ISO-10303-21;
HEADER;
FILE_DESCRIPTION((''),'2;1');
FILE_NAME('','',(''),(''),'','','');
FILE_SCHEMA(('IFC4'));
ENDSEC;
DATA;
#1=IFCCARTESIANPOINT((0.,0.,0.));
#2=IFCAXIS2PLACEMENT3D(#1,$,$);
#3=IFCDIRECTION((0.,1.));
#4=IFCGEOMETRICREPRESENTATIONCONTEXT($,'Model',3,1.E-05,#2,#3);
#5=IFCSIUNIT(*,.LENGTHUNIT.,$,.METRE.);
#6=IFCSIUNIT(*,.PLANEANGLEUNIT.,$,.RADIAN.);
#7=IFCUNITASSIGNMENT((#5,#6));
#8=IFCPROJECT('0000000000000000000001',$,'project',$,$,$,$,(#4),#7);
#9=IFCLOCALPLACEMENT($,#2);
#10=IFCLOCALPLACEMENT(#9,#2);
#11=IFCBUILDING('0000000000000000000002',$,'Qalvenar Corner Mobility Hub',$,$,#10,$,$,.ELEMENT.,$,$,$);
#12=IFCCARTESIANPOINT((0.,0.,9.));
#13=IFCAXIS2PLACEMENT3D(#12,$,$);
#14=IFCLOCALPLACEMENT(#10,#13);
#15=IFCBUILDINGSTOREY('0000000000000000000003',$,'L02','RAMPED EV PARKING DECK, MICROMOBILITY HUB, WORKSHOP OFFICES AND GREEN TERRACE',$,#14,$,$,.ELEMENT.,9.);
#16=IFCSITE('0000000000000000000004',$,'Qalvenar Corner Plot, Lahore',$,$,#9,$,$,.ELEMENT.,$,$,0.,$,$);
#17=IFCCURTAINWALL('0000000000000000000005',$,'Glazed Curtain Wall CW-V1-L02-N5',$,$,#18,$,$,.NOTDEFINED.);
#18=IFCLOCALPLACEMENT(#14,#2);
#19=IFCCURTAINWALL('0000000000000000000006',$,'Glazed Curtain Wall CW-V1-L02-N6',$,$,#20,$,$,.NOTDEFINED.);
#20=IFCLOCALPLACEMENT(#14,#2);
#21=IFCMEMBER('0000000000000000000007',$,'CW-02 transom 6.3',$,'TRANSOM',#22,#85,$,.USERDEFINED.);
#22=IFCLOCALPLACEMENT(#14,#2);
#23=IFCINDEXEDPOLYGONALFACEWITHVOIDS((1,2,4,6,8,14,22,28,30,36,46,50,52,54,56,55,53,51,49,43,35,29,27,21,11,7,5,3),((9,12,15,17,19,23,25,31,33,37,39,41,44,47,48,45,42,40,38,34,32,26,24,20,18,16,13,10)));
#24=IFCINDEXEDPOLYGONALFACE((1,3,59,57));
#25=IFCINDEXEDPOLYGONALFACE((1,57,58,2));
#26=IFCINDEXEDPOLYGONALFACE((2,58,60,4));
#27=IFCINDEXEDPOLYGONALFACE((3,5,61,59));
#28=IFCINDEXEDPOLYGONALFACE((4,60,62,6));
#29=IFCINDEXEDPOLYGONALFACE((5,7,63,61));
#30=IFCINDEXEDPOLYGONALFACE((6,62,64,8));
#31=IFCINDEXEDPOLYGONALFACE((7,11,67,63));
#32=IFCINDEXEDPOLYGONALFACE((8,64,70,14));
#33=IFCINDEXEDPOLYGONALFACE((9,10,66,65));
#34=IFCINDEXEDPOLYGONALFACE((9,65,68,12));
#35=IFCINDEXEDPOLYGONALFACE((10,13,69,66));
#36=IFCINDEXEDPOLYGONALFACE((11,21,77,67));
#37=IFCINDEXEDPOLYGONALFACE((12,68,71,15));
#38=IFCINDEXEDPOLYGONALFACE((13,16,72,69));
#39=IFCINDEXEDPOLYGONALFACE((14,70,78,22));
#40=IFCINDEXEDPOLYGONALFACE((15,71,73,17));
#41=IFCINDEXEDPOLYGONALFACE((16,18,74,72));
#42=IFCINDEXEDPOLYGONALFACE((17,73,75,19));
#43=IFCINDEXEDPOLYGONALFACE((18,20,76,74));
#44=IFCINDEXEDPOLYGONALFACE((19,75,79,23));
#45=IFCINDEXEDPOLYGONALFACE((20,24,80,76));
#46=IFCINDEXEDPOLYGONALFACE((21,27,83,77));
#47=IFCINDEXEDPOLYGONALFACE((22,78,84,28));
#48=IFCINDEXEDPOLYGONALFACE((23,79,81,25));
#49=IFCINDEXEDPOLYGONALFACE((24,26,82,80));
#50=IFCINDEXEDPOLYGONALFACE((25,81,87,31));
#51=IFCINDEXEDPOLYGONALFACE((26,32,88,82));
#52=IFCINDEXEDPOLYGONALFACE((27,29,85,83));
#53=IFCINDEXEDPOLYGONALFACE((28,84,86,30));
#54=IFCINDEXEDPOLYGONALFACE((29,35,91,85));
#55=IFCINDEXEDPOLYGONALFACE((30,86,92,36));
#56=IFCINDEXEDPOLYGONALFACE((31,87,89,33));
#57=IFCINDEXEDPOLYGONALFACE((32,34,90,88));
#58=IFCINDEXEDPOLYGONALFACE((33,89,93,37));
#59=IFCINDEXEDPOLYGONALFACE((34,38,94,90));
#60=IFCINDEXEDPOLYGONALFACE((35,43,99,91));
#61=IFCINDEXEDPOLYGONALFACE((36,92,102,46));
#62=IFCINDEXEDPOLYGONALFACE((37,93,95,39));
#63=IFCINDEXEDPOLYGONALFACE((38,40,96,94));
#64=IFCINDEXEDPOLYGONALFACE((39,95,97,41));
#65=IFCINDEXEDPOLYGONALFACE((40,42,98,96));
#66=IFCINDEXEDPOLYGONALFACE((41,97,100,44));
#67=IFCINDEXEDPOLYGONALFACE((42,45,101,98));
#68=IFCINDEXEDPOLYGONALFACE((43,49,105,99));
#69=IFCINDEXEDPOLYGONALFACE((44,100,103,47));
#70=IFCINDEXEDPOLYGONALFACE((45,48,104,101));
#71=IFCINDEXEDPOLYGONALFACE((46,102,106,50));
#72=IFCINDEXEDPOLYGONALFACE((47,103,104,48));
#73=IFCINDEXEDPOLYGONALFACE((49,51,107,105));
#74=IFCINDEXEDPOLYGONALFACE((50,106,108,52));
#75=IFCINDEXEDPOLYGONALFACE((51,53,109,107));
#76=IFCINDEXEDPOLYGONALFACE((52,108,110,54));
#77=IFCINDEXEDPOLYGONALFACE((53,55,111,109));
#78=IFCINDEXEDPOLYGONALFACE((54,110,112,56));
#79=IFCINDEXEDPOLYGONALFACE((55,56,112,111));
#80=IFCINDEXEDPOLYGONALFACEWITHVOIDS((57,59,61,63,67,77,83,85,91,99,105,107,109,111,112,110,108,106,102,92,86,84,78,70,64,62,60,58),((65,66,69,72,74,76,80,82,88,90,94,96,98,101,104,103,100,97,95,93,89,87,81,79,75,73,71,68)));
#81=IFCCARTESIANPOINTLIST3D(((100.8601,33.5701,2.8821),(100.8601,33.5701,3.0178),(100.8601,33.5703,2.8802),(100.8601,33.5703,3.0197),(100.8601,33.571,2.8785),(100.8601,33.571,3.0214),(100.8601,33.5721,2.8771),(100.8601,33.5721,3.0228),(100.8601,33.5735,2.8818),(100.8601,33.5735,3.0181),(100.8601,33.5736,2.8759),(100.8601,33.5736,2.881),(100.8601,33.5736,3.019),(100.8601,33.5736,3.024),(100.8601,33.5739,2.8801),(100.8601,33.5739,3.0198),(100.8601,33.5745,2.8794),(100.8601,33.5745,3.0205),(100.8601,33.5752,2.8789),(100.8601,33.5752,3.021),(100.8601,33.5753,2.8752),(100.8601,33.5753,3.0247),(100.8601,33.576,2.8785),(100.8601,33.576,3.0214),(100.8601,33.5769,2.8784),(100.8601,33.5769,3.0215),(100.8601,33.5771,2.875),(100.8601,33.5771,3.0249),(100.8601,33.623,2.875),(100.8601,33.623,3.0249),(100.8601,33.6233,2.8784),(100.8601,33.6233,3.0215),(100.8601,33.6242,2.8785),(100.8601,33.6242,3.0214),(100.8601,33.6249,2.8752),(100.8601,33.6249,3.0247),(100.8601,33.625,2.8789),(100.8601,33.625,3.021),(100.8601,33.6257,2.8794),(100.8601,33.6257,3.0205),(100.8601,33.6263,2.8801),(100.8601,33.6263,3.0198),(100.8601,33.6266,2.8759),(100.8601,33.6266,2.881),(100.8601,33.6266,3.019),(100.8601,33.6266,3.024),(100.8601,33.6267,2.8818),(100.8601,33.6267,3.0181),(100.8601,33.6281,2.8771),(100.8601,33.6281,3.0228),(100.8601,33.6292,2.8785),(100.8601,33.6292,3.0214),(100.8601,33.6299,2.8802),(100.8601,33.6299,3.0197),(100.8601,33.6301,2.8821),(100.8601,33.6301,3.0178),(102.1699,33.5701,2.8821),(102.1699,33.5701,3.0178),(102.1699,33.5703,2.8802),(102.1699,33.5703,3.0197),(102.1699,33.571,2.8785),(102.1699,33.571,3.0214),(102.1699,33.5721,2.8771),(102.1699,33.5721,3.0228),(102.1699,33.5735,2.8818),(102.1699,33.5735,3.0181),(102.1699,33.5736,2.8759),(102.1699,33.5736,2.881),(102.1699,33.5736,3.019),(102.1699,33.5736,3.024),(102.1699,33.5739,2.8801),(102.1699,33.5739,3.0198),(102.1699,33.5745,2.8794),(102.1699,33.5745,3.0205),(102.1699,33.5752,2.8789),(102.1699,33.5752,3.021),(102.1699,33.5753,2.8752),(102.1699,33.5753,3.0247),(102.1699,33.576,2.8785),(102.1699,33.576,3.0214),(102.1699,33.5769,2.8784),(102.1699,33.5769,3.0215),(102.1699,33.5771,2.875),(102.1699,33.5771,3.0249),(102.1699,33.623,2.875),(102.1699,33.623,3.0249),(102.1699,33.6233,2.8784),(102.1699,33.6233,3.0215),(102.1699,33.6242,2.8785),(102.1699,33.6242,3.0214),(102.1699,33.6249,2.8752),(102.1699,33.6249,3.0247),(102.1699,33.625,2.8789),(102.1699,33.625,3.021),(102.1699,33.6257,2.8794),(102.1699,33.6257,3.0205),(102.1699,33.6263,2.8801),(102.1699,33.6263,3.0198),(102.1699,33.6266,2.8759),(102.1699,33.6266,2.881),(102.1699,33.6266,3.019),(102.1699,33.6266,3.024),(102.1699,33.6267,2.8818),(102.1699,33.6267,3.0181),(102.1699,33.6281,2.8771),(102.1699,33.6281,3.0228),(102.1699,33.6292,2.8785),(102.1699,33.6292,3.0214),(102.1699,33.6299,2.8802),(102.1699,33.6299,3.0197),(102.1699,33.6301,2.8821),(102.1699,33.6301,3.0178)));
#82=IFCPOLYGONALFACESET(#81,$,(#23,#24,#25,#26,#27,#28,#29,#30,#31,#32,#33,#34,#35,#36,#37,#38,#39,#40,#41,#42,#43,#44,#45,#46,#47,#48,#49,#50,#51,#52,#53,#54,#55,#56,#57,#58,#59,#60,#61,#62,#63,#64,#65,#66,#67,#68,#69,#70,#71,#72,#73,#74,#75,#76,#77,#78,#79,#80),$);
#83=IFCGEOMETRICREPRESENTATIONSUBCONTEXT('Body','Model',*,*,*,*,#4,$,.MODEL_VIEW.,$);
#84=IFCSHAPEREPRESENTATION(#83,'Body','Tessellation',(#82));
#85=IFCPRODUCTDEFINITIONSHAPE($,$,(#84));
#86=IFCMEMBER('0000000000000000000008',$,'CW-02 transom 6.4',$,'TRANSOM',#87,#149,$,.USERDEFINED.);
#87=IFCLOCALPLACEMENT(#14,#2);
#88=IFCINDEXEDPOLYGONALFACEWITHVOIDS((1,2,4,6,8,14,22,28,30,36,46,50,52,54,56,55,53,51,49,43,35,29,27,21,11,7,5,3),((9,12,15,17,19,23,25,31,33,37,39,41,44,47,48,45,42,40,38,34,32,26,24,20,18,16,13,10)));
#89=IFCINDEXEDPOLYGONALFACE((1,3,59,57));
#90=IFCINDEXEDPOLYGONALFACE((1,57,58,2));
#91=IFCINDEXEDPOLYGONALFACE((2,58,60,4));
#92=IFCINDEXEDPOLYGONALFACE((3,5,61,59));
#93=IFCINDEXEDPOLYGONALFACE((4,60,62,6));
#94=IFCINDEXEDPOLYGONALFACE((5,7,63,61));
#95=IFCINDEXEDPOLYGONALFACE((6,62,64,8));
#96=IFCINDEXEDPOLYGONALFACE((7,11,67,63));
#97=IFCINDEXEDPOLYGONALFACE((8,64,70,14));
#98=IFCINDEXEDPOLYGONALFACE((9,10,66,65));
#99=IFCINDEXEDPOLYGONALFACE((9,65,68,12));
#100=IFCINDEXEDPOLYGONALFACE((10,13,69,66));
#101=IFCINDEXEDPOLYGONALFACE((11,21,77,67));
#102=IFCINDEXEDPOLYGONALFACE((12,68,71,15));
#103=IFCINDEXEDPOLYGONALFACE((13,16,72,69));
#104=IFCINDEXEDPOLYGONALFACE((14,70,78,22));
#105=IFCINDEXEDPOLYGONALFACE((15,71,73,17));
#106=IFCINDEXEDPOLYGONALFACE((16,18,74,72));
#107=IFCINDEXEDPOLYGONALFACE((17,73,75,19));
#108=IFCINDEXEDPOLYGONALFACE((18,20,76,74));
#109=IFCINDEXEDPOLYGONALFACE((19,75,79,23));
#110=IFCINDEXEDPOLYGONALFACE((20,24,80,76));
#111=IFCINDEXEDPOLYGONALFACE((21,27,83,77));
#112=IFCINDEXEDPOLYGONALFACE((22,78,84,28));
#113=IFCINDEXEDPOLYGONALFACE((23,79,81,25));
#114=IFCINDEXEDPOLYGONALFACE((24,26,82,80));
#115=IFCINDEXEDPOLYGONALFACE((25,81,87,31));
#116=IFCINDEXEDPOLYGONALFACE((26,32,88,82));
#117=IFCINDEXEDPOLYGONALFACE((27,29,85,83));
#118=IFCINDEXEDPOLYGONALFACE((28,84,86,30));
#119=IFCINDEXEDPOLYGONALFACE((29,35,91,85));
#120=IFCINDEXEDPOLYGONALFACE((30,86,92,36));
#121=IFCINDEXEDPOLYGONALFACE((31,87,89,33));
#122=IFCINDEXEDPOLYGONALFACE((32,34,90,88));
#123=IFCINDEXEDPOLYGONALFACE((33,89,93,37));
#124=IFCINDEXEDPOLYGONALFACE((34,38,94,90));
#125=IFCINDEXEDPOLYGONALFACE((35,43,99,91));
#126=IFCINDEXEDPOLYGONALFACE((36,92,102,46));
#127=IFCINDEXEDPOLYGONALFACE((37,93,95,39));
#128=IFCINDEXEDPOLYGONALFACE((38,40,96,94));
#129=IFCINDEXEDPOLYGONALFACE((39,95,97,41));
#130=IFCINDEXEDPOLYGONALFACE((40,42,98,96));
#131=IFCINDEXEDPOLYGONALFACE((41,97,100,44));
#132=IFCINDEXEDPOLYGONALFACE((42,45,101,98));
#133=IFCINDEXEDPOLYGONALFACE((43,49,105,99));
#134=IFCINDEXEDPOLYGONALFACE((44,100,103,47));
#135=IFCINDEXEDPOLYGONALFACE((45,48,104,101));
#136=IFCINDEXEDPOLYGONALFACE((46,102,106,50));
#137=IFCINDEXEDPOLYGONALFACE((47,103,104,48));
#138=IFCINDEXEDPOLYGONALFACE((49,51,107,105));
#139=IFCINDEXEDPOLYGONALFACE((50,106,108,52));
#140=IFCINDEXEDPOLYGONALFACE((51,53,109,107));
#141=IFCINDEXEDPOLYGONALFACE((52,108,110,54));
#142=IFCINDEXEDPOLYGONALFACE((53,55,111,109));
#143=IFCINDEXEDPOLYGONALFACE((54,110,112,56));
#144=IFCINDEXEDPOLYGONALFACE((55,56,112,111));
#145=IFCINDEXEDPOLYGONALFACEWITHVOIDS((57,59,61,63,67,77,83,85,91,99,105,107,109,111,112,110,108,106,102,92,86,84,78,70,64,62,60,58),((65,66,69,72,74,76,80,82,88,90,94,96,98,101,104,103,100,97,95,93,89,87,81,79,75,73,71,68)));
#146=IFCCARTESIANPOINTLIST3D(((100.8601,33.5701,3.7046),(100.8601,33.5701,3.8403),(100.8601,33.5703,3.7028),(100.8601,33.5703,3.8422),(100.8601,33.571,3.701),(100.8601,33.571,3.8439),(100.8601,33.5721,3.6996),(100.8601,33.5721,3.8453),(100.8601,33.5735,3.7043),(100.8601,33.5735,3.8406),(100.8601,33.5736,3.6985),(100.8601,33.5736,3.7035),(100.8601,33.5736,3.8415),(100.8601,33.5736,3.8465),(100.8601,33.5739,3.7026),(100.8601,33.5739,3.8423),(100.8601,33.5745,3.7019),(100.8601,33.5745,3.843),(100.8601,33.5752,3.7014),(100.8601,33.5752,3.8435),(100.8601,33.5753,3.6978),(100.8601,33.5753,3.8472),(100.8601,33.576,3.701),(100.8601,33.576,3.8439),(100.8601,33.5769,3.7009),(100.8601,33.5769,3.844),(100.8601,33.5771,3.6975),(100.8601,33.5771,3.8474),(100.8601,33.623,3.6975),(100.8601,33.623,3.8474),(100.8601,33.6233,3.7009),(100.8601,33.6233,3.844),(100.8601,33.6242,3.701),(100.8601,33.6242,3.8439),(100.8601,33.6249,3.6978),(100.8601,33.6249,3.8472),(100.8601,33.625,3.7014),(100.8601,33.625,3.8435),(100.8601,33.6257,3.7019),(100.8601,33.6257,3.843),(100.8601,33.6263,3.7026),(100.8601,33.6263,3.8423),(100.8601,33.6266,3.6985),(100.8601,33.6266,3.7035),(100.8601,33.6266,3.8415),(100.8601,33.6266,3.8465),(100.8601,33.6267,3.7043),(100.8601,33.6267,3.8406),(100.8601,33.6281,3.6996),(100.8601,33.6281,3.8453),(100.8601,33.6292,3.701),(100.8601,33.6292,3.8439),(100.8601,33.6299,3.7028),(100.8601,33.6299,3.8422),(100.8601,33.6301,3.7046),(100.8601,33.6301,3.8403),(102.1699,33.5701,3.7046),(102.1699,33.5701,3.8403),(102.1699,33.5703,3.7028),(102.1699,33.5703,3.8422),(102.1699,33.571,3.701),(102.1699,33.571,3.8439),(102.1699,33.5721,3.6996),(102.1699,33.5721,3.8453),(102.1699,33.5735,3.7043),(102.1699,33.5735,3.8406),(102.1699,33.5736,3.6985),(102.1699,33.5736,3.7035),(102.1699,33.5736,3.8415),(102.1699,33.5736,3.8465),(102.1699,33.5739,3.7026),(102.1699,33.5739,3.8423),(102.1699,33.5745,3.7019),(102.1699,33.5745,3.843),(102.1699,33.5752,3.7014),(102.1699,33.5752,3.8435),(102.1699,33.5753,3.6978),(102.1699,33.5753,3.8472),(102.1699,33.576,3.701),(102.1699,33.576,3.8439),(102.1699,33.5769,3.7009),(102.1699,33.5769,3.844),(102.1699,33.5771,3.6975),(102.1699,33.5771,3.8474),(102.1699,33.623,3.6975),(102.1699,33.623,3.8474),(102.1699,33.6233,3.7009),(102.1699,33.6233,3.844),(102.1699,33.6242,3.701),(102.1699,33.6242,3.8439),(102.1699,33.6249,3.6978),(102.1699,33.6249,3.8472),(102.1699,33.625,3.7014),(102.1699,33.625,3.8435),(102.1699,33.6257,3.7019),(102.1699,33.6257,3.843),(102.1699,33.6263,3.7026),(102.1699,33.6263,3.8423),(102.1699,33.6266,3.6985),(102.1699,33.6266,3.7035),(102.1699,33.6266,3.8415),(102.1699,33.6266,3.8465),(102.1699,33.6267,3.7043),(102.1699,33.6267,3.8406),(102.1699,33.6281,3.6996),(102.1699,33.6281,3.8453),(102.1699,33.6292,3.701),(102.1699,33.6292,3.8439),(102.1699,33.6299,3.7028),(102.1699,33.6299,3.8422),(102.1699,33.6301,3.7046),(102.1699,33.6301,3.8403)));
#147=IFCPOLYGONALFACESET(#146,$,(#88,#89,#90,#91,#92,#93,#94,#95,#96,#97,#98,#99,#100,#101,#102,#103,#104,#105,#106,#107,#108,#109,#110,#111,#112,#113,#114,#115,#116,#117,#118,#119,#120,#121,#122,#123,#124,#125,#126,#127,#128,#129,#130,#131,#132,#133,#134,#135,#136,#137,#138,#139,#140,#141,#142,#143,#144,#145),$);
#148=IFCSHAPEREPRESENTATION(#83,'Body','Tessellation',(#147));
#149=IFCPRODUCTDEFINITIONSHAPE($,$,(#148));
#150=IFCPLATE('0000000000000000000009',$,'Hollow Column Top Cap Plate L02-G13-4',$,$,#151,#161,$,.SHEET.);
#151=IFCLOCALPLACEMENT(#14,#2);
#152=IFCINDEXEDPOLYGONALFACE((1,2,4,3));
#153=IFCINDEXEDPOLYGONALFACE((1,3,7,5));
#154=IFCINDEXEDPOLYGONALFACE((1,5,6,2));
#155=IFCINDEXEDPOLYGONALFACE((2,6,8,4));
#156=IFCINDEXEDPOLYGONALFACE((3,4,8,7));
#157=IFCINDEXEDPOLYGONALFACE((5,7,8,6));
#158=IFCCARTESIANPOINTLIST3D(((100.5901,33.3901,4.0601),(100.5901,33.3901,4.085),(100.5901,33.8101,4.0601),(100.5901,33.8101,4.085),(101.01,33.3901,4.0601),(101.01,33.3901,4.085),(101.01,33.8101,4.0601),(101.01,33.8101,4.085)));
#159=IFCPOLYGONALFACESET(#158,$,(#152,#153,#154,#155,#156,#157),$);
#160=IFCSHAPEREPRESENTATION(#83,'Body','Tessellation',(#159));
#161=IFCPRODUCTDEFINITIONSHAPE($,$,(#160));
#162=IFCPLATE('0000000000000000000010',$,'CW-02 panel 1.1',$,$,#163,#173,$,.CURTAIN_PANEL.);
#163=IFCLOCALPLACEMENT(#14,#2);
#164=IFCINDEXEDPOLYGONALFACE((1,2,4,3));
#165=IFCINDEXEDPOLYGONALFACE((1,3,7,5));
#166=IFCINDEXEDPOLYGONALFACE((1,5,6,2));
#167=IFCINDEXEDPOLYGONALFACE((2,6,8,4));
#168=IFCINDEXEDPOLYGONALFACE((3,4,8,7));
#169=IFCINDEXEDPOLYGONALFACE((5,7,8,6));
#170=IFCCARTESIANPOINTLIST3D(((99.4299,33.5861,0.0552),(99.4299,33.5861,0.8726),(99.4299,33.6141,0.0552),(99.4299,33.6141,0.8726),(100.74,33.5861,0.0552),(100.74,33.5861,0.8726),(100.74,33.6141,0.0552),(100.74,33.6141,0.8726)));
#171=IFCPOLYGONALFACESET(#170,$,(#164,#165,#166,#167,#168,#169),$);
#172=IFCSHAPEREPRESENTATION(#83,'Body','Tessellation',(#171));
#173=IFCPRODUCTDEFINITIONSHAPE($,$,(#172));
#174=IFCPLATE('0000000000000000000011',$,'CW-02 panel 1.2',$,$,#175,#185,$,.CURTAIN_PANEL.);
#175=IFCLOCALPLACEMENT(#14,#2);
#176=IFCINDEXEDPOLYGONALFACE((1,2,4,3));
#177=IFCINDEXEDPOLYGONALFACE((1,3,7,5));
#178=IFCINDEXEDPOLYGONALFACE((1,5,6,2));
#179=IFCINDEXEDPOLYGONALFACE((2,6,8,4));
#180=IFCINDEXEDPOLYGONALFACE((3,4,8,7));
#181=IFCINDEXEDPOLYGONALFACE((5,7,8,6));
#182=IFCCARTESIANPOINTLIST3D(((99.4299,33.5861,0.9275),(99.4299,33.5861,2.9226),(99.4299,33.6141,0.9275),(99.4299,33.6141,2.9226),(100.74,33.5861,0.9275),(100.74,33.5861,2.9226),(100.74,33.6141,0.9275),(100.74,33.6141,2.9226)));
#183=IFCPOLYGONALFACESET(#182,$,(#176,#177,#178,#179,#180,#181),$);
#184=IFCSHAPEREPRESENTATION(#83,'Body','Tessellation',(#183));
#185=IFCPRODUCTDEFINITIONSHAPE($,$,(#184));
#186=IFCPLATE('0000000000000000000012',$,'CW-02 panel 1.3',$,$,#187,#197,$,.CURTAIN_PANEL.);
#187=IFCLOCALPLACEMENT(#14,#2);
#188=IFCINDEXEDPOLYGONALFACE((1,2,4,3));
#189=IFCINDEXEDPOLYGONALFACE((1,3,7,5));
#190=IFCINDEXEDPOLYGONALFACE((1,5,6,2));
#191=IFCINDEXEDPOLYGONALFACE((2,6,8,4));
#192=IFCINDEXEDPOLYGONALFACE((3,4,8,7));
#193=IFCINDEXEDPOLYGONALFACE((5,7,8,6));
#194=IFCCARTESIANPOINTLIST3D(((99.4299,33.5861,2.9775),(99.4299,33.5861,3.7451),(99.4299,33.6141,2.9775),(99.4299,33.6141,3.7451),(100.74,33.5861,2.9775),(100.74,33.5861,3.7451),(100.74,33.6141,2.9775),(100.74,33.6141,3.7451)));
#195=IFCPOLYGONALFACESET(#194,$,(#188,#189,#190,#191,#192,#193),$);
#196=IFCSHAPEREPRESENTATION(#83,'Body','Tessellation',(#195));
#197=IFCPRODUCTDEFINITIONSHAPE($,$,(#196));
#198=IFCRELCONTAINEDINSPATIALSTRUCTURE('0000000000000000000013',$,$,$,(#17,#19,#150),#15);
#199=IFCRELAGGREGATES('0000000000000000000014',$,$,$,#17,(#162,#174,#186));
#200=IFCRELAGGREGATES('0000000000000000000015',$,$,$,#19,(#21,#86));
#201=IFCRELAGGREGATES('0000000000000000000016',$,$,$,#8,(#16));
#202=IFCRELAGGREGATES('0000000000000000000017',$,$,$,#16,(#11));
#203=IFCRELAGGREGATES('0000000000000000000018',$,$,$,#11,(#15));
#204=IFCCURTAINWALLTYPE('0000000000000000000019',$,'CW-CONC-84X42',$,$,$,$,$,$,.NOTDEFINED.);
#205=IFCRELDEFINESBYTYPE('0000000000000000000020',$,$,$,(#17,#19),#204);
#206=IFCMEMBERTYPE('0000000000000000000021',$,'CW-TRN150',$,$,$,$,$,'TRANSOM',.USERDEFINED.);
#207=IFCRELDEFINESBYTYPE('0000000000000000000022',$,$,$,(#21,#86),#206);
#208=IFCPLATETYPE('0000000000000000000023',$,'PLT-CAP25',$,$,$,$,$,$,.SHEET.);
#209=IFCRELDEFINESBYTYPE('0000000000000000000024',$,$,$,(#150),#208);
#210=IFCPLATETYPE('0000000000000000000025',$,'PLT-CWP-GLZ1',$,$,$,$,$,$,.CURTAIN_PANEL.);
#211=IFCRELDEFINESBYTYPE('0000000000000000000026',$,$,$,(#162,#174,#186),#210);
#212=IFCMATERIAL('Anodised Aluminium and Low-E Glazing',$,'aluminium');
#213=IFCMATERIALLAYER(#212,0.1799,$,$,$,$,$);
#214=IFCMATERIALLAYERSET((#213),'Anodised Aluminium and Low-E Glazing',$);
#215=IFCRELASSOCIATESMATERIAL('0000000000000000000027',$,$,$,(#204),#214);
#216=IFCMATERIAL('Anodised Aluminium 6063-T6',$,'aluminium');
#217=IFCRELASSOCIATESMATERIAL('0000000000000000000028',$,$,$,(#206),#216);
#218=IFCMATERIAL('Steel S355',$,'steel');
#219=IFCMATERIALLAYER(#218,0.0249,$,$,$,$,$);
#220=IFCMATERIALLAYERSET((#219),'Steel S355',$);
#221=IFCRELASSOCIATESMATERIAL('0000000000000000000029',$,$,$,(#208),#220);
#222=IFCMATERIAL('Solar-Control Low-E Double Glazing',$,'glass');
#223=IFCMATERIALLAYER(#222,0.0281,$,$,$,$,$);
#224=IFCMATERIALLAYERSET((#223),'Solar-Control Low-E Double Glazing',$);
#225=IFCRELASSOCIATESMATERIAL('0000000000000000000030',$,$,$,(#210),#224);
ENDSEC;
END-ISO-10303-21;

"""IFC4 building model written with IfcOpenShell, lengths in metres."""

from ifc_helpers import new_model, si_unit, direction, frame, origin, origin_2d, place, context, subcontext, project, spatial, rectangle, hollow_rectangle, extrude, material, layer, layer_set, material_profile, profile_set, type_object, element, aggregate, save


model = new_model("IFC4")

# Units and contexts
model_context = context("Model", 3, precision=1e-05, world=origin(), true_north=direction((0.0, 1.0)))
body_context = subcontext(model_context, "Body", "Model", "MODEL_VIEW")
ifc_project = project(units=[si_unit("LENGTHUNIT", "METRE"), si_unit("PLANEANGLEUNIT", "RADIAN")], contexts=[model_context])

# Site, building, storey
site_placement = place(None, origin())
site = spatial("IfcSite", under=ifc_project, at=site_placement, Name="Qalvenar Corner Plot, Lahore", CompositionType="ELEMENT", RefElevation=0.0)
building_placement = place(site_placement, origin())
building = spatial("IfcBuilding", under=site, at=building_placement, Name="Qalvenar Corner Mobility Hub", CompositionType="ELEMENT")
storey_placement = place(building_placement, frame((0.0, 0.0, 9.0)))
storey = spatial("IfcBuildingStorey", under=building, at=storey_placement, Name="L02", Description="RAMPED EV PARKING DECK, MICROMOBILITY HUB, WORKSHOP OFFICES AND GREEN TERRACE", CompositionType="ELEMENT", Elevation=9.0)

# Curtain walls
ifc_material_1 = material(Name="Anodised Aluminium and Low-E Glazing", Category="aluminium")
ifc_layer_1 = layer(ifc_material_1, 0.1799)
ifc_layer_set_1 = layer_set([ifc_layer_1], Name="Anodised Aluminium and Low-E Glazing")
curtain_wall_type = type_object("IfcCurtainWallType", Name="CW-CONC-84X42", PredefinedType="NOTDEFINED", material=ifc_layer_set_1)
curtain_wall_1_placement = place(storey_placement, origin())
curtain_wall_1 = element("IfcCurtainWall", 1, at=curtain_wall_1_placement, inside=storey, type_object=curtain_wall_type, Name="Glazed Curtain Wall CW-V1-L02-N5", PredefinedType="NOTDEFINED")
ifc_material_2 = material(Name="Anodised Aluminium 6063-T6", Category="aluminium")
curtain_wall_2_placement = place(storey_placement, origin())
curtain_wall_2 = element("IfcCurtainWall", 2, at=curtain_wall_2_placement, inside=storey, type_object=curtain_wall_type, Name="Glazed Curtain Wall CW-V1-L02-N6", PredefinedType="NOTDEFINED")

# Members
ifc_material_profile_1 = material_profile(ifc_material_2, hollow_rectangle(XDim=0.0601, YDim=0.1499, WallThickness=0.0034, InnerFilletRadius=0.0034, OuterFilletRadius=0.0071, at=origin_2d()), Name="RHS150x60x3.5")
ifc_profile_set_1 = profile_set([ifc_material_profile_1], Name="Anodised Aluminium 6063-T6")
member_type_1 = type_object("IfcMemberType", Name="CW-TRN150", ElementType="TRANSOM", PredefinedType="USERDEFINED", material=ifc_profile_set_1)
member_1_placement = place(storey_placement, frame((102.1699, 33.6001, 2.95), z_axis=(-1.0, 0.0, 0.0), x_axis=(0.0, -1.0, 0.0)))
member_1 = element("IfcMember", 3, at=member_1_placement, type_object=member_type_1, Name="CW-02 transom 6.3", ObjectType="TRANSOM", PredefinedType="USERDEFINED", context=body_context, shape_type="SweptSolid", body=[
    extrude(hollow_rectangle(XDim=0.0601, YDim=0.1499, WallThickness=0.0034, InnerFilletRadius=0.0034, OuterFilletRadius=0.0071, at=origin_2d()), origin(), (0.0, 0.0, 1.0), 1.3098),
])
member_2_placement = place(storey_placement, frame((102.1699, 33.6001, 3.7725), z_axis=(-1.0, 0.0, 0.0), x_axis=(0.0, -1.0, 0.0)))
member_2 = element("IfcMember", 4, at=member_2_placement, type_object=member_type_1, Name="CW-02 transom 6.4", ObjectType="TRANSOM", PredefinedType="USERDEFINED", context=body_context, shape_type="SweptSolid", body=[
    extrude(hollow_rectangle(XDim=0.0601, YDim=0.1499, WallThickness=0.0034, InnerFilletRadius=0.0034, OuterFilletRadius=0.0071, at=origin_2d()), origin(), (0.0, 0.0, 1.0), 1.3098),
])

# Plates
ifc_material_3 = material(Name="Steel S355", Category="steel")
ifc_layer_2 = layer(ifc_material_3, 0.0249)
ifc_layer_set_2 = layer_set([ifc_layer_2], Name="Steel S355")
plate_type_1 = type_object("IfcPlateType", Name="PLT-CAP25", PredefinedType="SHEET", material=ifc_layer_set_2)
plate_1_placement = place(storey_placement, frame((100.8, 33.6001, 4.0601), z_axis=(0.0, 0.0, 1.0), x_axis=(1.0, 0.0, 0.0)))
element("IfcPlate", 5, at=plate_1_placement, inside=storey, type_object=plate_type_1, Name="Hollow Column Top Cap Plate L02-G13-4", PredefinedType="SHEET", context=body_context, shape_type="SweptSolid", body=[
    extrude(rectangle(XDim=0.4199, YDim=0.4199, at=origin_2d()), origin(), (0.0, 0.0, 1.0), 0.0249),
])
ifc_material_4 = material(Name="Solar-Control Low-E Double Glazing", Category="glass")
ifc_layer_3 = layer(ifc_material_4, 0.0281)
ifc_layer_set_3 = layer_set([ifc_layer_3], Name="Solar-Control Low-E Double Glazing")
plate_type_2 = type_object("IfcPlateType", Name="PLT-CWP-GLZ1", PredefinedType="CURTAIN_PANEL", material=ifc_layer_set_3)
plate_2_placement = place(storey_placement, frame((100.085, 33.6001, 0.0552), z_axis=(0.0, 0.0, 1.0), x_axis=(-1.0, 0.0, 0.0)))
plate_2 = element("IfcPlate", 6, at=plate_2_placement, type_object=plate_type_2, Name="CW-02 panel 1.1", PredefinedType="CURTAIN_PANEL", context=body_context, shape_type="SweptSolid", body=[
    extrude(rectangle(XDim=1.3101, YDim=0.0281, at=origin_2d()), origin(), (0.0, 0.0, 1.0), 0.8174),
])
plate_3_placement = place(storey_placement, frame((100.085, 33.6001, 0.9275), z_axis=(0.0, 0.0, 1.0), x_axis=(-1.0, 0.0, 0.0)))
plate_3 = element("IfcPlate", 7, at=plate_3_placement, type_object=plate_type_2, Name="CW-02 panel 1.2", PredefinedType="CURTAIN_PANEL", context=body_context, shape_type="SweptSolid", body=[
    extrude(rectangle(XDim=1.3101, YDim=0.0281, at=origin_2d()), origin(), (0.0, 0.0, 1.0), 1.9951),
])
plate_4_placement = place(storey_placement, frame((100.085, 33.6001, 2.9775), z_axis=(0.0, 0.0, 1.0), x_axis=(-1.0, 0.0, 0.0)))
plate_4 = element("IfcPlate", 8, at=plate_4_placement, type_object=plate_type_2, Name="CW-02 panel 1.3", PredefinedType="CURTAIN_PANEL", context=body_context, shape_type="SweptSolid", body=[
    extrude(rectangle(XDim=1.3101, YDim=0.0281, at=origin_2d()), origin(), (0.0, 0.0, 1.0), 0.7676),
])
aggregate(curtain_wall_1, [plate_2, plate_3, plate_4])
aggregate(curtain_wall_2, [member_1, member_2])

save(model, "model.ifc")
